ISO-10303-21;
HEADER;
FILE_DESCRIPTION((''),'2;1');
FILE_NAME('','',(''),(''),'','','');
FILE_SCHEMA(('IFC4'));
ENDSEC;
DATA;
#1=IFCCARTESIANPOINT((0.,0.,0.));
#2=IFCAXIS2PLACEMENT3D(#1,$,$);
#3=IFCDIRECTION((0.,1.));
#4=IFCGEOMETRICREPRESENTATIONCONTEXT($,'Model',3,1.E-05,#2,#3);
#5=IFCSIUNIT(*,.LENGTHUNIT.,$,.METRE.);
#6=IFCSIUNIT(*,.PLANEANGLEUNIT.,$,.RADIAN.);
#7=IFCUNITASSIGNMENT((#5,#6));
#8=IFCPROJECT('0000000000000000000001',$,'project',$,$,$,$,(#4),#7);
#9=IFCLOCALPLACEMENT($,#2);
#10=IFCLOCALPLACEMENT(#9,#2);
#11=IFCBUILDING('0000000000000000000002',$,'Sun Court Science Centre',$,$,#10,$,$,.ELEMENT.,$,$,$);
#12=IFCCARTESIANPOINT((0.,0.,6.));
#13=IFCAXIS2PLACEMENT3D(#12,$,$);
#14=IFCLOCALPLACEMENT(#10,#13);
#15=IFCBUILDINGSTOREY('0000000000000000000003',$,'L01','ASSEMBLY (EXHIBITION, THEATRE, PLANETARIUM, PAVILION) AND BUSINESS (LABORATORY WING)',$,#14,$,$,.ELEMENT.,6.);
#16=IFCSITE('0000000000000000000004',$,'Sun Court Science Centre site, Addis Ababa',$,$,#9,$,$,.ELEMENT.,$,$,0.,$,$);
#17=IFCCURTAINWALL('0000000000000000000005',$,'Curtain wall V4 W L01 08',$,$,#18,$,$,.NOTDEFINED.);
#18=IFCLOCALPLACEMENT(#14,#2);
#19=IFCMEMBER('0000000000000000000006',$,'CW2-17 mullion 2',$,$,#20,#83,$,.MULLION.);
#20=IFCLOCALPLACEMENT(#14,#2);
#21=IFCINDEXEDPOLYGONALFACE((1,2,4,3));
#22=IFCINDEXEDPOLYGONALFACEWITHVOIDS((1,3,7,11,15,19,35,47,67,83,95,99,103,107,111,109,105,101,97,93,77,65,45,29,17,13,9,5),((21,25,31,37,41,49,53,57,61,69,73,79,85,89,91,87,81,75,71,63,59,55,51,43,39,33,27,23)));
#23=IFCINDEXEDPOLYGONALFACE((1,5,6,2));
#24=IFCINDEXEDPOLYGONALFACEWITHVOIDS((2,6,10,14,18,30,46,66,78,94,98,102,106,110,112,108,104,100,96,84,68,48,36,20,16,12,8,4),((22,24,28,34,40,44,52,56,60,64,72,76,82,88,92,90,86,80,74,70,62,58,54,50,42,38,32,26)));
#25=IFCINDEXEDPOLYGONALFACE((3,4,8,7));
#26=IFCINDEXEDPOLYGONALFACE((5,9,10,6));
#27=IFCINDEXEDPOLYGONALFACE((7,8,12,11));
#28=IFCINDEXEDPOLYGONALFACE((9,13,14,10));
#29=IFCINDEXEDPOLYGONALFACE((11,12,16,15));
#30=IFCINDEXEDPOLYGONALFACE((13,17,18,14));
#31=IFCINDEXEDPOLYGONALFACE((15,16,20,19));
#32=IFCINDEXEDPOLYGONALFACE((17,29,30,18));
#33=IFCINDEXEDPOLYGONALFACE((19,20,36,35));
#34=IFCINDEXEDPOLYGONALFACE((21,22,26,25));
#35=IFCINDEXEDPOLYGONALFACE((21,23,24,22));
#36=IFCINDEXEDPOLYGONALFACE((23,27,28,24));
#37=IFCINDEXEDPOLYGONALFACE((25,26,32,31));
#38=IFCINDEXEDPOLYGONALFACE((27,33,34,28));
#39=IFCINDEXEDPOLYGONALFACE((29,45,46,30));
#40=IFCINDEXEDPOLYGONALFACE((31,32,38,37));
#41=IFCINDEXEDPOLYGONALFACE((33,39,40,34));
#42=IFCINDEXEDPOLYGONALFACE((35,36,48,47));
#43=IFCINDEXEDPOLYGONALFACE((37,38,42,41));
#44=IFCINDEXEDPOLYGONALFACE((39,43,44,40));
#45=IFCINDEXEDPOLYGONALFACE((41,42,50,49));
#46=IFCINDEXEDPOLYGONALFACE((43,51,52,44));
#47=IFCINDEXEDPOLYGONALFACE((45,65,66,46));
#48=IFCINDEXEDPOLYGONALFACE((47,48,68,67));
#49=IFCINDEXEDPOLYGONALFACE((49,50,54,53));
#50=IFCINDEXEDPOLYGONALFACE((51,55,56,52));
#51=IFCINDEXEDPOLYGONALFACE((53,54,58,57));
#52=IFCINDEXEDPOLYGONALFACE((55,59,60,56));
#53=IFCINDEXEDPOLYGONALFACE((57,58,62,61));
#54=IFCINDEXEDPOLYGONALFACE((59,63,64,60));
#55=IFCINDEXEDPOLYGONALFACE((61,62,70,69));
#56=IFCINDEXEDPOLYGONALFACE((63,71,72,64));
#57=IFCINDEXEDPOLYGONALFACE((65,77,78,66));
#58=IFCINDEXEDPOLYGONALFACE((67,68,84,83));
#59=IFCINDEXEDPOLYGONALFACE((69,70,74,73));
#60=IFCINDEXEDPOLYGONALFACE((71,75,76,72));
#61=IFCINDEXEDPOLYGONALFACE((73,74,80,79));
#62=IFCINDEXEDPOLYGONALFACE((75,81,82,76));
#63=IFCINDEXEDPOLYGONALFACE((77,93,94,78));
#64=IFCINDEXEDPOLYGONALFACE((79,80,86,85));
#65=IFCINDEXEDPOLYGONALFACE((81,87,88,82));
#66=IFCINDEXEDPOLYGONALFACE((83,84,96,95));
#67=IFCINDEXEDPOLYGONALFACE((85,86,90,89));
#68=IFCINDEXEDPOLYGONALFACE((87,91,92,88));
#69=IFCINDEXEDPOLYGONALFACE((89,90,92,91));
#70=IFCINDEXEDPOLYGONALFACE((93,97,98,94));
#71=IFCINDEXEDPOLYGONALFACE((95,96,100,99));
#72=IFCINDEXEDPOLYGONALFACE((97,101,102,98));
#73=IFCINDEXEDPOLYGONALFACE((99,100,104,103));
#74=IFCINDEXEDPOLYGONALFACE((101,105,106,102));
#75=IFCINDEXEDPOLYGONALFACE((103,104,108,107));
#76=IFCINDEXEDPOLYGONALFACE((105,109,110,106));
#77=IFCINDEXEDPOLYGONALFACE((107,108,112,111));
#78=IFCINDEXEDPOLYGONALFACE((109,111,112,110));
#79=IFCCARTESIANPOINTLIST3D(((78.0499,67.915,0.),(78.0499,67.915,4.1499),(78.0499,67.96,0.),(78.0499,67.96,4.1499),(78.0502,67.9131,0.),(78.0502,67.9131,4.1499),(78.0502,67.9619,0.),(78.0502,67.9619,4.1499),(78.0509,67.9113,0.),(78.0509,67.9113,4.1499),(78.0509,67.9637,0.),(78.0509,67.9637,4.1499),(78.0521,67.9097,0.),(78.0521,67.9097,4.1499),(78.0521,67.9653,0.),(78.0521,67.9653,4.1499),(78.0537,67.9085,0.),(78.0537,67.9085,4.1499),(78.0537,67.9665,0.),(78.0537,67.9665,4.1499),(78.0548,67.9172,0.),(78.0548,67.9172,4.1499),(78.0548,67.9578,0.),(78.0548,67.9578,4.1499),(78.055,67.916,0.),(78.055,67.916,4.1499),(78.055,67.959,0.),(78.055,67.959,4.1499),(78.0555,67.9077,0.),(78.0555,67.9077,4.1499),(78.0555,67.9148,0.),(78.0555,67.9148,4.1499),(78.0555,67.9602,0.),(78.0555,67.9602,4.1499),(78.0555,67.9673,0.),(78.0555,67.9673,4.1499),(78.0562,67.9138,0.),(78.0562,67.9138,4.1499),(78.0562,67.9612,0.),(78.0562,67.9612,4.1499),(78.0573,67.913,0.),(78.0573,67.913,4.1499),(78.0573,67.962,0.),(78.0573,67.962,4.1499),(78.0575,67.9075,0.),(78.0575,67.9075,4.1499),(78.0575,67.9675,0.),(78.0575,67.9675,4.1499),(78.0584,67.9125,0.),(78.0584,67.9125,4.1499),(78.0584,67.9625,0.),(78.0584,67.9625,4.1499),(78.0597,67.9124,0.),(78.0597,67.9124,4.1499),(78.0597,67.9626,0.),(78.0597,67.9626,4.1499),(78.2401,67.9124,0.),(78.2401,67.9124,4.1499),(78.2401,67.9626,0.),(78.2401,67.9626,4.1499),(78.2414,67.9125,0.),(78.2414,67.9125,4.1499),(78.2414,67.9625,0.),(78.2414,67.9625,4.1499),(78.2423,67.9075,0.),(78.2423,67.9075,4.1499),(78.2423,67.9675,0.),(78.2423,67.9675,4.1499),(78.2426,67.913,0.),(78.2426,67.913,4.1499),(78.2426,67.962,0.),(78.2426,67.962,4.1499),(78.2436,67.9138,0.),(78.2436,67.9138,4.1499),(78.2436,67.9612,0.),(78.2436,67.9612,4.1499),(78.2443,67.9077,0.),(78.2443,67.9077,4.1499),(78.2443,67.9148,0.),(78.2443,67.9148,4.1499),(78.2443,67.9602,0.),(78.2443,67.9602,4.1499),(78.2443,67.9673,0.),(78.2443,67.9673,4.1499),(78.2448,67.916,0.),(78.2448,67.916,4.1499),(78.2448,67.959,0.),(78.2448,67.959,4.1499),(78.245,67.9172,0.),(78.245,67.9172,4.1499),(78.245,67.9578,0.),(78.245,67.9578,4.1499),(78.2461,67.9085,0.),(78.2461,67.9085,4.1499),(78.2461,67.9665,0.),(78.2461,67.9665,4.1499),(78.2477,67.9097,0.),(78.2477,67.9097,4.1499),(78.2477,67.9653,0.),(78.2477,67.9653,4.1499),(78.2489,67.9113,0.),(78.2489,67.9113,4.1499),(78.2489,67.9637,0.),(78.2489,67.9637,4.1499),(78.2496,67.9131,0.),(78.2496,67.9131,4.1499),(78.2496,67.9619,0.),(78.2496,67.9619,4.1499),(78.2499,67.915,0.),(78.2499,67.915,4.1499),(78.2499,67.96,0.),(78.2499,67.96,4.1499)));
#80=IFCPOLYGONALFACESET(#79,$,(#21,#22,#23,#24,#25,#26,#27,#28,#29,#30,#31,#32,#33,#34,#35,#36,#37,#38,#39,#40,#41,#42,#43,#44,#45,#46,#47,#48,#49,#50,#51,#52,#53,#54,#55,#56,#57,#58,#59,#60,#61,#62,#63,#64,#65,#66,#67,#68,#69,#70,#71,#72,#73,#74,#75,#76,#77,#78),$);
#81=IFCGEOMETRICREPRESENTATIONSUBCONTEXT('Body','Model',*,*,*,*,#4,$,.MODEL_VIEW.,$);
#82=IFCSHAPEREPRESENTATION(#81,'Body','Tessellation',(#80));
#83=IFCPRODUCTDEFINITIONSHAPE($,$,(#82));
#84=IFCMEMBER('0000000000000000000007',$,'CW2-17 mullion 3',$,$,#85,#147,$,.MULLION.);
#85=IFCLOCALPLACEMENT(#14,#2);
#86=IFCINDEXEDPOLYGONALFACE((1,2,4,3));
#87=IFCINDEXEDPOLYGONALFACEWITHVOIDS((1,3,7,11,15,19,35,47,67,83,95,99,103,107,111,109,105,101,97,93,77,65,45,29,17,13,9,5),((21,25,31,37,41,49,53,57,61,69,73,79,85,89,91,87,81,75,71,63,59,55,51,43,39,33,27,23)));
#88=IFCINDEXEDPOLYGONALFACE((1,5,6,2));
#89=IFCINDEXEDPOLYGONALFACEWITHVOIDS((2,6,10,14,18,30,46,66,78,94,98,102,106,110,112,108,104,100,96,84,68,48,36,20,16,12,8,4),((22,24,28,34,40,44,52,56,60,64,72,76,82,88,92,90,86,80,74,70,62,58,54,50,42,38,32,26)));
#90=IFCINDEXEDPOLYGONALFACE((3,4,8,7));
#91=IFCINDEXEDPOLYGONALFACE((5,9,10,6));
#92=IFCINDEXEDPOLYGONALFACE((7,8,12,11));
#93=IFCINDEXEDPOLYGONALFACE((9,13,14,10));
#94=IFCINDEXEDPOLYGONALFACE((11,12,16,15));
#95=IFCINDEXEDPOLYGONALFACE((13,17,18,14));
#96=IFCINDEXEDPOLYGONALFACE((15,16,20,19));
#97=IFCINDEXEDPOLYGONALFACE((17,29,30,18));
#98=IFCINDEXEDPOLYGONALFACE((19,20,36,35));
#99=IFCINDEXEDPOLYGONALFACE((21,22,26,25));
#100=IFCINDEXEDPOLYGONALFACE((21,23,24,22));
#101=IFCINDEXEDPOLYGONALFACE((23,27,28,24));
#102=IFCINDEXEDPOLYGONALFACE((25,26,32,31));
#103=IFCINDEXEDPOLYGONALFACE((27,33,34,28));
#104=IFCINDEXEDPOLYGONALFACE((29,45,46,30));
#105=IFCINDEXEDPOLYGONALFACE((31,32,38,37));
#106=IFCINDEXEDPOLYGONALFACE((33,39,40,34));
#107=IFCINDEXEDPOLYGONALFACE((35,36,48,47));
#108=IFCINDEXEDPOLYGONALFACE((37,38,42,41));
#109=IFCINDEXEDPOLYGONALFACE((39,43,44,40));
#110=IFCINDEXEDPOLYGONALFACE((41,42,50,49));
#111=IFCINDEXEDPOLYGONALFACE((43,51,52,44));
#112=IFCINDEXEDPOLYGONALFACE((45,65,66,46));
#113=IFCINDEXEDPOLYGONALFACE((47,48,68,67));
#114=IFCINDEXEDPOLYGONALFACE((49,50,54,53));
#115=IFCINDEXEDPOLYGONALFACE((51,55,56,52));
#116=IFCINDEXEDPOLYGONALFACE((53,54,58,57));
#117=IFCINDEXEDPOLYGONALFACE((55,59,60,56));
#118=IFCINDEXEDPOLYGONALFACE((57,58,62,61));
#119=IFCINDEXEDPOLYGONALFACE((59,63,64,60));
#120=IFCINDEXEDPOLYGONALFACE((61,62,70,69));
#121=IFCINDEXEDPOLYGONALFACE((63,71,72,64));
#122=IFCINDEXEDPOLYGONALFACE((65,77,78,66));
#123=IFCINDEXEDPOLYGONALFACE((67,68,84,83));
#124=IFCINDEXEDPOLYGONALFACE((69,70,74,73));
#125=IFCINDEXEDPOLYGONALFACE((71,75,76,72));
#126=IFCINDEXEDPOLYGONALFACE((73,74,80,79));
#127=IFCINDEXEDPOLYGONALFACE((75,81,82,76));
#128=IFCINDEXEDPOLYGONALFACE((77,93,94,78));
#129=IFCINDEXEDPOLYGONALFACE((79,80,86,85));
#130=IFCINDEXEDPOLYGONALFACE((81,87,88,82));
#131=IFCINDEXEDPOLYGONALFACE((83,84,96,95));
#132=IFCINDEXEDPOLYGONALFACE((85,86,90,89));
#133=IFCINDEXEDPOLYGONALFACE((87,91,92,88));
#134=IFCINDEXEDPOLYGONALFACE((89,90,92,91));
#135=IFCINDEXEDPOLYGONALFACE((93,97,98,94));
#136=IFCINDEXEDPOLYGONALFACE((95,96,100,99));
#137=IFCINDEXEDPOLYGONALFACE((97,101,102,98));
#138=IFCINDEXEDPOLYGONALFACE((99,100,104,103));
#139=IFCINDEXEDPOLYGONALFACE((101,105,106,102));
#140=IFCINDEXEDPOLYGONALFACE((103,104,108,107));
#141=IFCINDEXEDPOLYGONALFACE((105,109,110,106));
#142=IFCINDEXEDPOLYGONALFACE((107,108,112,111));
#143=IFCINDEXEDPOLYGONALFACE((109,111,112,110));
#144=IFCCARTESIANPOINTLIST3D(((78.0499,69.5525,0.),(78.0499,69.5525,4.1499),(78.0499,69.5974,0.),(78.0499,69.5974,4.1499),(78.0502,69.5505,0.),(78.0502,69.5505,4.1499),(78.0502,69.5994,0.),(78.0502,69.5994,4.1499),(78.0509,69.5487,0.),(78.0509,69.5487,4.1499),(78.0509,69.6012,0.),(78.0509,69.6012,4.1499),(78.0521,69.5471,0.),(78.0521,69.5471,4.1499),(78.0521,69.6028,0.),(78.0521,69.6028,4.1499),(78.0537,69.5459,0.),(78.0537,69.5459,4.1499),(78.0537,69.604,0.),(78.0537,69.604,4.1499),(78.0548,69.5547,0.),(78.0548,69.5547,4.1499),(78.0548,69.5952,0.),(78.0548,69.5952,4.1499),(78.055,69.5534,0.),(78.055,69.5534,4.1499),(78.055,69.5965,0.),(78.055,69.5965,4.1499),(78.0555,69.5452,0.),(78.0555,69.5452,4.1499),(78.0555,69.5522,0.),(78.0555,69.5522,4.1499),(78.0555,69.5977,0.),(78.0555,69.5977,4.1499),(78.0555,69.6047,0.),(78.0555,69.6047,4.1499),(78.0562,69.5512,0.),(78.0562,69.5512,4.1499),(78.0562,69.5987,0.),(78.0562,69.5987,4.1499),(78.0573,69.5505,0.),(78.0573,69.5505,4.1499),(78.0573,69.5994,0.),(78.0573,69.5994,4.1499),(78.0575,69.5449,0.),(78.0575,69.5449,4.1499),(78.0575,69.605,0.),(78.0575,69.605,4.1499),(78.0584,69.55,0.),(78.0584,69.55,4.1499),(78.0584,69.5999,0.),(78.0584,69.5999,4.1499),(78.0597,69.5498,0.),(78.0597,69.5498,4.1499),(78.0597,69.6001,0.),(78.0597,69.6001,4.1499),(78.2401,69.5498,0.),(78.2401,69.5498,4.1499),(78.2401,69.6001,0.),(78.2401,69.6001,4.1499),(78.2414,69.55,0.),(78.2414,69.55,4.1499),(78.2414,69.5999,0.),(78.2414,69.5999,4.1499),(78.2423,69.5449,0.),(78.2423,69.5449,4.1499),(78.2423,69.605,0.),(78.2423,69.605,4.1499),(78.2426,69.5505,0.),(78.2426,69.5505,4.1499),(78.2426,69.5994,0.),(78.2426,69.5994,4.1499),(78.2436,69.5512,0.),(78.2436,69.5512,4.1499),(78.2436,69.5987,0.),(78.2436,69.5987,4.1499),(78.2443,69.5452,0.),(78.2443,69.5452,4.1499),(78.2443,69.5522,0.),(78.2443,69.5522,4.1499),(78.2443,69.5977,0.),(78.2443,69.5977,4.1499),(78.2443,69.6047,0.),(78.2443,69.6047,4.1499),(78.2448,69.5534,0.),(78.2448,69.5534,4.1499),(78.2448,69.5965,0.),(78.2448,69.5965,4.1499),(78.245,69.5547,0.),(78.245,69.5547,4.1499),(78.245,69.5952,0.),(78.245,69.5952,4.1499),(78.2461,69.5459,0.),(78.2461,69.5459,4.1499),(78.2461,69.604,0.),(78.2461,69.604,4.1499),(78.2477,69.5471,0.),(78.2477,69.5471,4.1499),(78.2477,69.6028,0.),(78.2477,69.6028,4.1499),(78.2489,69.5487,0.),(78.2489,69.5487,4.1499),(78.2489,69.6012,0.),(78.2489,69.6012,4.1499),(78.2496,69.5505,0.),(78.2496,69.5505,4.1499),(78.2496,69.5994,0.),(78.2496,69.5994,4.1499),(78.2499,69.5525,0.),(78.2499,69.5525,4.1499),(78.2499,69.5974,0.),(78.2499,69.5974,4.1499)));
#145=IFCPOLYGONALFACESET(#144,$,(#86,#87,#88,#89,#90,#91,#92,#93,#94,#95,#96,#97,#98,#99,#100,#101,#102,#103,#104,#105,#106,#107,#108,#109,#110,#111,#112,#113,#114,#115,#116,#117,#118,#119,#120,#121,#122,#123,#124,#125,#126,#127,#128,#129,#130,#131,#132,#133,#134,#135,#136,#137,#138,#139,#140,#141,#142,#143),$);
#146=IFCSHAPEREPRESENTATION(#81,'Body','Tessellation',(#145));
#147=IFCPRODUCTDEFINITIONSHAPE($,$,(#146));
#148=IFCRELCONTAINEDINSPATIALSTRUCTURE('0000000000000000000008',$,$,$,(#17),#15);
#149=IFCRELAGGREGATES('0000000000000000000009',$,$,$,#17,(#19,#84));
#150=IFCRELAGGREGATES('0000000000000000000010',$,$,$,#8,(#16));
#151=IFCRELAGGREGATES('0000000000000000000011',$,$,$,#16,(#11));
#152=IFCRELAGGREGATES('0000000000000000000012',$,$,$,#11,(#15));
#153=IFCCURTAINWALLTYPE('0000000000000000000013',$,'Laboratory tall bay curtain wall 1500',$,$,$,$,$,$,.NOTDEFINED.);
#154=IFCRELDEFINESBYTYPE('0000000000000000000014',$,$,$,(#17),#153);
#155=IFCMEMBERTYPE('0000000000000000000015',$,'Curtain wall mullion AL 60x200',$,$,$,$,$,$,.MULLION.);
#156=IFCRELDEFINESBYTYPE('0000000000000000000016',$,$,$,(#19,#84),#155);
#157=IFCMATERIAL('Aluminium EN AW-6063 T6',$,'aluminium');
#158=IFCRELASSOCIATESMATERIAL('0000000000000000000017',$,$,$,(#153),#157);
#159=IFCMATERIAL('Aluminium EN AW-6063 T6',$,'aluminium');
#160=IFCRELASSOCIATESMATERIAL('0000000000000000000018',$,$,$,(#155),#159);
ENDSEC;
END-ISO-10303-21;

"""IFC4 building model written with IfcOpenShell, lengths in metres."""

from ifc_helpers import new_model, si_unit, direction, frame, origin, origin_2d, place, context, subcontext, project, spatial, hollow_rectangle, extrude, material, material_profile, profile_set, type_object, element, aggregate, save


model = new_model("IFC4")

# Units and contexts
model_context = context("Model", 3, precision=1e-05, world=origin(), true_north=direction((0.0, 1.0)))
body_context = subcontext(model_context, "Body", "Model", "MODEL_VIEW")
ifc_project = project(units=[si_unit("LENGTHUNIT", "METRE"), si_unit("PLANEANGLEUNIT", "RADIAN")], contexts=[model_context])

# Site, building, storey
site_placement = place(None, origin())
site = spatial("IfcSite", under=ifc_project, at=site_placement, Name="Sun Court Science Centre site, Addis Ababa", CompositionType="ELEMENT", RefElevation=0.0)
building_placement = place(site_placement, origin())
building = spatial("IfcBuilding", under=site, at=building_placement, Name="Sun Court Science Centre", CompositionType="ELEMENT")
storey_placement = place(building_placement, frame((0.0, 0.0, 6.0)))
storey = spatial("IfcBuildingStorey", under=building, at=storey_placement, Name="L01", Description="ASSEMBLY (EXHIBITION, THEATRE, PLANETARIUM, PAVILION) AND BUSINESS (LABORATORY WING)", CompositionType="ELEMENT", Elevation=6.0)

# Shared definitions
ifc_material_1 = material(Name="Aluminium EN AW-6063 T6", Category="aluminium")
curtain_wall_type = type_object("IfcCurtainWallType", Name="Laboratory tall bay curtain wall 1500", PredefinedType="NOTDEFINED", material=ifc_material_1)
ifc_material_2 = material(Name="Aluminium EN AW-6063 T6", Category="aluminium")
ifc_material_profile_1 = material_profile(ifc_material_2, hollow_rectangle(XDim=0.0601, YDim=0.2, WallThickness=0.0049, InnerFilletRadius=0.0049, OuterFilletRadius=0.0076, at=origin_2d()), Name="AL 60x200x5")
ifc_profile_set_1 = profile_set([ifc_material_profile_1], Name="Aluminium EN AW-6063 T6")
member_type_1 = type_object("IfcMemberType", Name="Curtain wall mullion AL 60x200", PredefinedType="MULLION", material=ifc_profile_set_1)

# Curtain wall, members
curtain_wall_1_placement = place(storey_placement, origin())
curtain_wall_1 = element("IfcCurtainWall", 1, at=curtain_wall_1_placement, inside=storey, type_object=curtain_wall_type, Name="Curtain wall V4 W L01 08", PredefinedType="NOTDEFINED")
member_1_placement = place(storey_placement, frame((78.1499, 67.9375, 0.0), z_axis=(0.0, 0.0, 1.0), x_axis=(0.0, 1.0, 0.0)))
member_1 = element("IfcMember", 2, at=member_1_placement, type_object=member_type_1, Name="CW2-17 mullion 2", PredefinedType="MULLION", context=body_context, shape_type="SweptSolid", body=[
    extrude(hollow_rectangle(XDim=0.0601, YDim=0.2, WallThickness=0.0049, InnerFilletRadius=0.0049, OuterFilletRadius=0.0076, at=origin_2d()), origin(), (0.0, 0.0, 1.0), 4.1499),
])
member_2_placement = place(storey_placement, frame((78.1499, 69.575, 0.0), z_axis=(0.0, 0.0, 1.0), x_axis=(0.0, 1.0, 0.0)))
member_2 = element("IfcMember", 3, at=member_2_placement, type_object=member_type_1, Name="CW2-17 mullion 3", PredefinedType="MULLION", context=body_context, shape_type="SweptSolid", body=[
    extrude(hollow_rectangle(XDim=0.0601, YDim=0.2, WallThickness=0.0049, InnerFilletRadius=0.0049, OuterFilletRadius=0.0076, at=origin_2d()), origin(), (0.0, 0.0, 1.0), 4.1499),
])

aggregate(curtain_wall_1, [member_1, member_2])

save(model, "model.ifc")
